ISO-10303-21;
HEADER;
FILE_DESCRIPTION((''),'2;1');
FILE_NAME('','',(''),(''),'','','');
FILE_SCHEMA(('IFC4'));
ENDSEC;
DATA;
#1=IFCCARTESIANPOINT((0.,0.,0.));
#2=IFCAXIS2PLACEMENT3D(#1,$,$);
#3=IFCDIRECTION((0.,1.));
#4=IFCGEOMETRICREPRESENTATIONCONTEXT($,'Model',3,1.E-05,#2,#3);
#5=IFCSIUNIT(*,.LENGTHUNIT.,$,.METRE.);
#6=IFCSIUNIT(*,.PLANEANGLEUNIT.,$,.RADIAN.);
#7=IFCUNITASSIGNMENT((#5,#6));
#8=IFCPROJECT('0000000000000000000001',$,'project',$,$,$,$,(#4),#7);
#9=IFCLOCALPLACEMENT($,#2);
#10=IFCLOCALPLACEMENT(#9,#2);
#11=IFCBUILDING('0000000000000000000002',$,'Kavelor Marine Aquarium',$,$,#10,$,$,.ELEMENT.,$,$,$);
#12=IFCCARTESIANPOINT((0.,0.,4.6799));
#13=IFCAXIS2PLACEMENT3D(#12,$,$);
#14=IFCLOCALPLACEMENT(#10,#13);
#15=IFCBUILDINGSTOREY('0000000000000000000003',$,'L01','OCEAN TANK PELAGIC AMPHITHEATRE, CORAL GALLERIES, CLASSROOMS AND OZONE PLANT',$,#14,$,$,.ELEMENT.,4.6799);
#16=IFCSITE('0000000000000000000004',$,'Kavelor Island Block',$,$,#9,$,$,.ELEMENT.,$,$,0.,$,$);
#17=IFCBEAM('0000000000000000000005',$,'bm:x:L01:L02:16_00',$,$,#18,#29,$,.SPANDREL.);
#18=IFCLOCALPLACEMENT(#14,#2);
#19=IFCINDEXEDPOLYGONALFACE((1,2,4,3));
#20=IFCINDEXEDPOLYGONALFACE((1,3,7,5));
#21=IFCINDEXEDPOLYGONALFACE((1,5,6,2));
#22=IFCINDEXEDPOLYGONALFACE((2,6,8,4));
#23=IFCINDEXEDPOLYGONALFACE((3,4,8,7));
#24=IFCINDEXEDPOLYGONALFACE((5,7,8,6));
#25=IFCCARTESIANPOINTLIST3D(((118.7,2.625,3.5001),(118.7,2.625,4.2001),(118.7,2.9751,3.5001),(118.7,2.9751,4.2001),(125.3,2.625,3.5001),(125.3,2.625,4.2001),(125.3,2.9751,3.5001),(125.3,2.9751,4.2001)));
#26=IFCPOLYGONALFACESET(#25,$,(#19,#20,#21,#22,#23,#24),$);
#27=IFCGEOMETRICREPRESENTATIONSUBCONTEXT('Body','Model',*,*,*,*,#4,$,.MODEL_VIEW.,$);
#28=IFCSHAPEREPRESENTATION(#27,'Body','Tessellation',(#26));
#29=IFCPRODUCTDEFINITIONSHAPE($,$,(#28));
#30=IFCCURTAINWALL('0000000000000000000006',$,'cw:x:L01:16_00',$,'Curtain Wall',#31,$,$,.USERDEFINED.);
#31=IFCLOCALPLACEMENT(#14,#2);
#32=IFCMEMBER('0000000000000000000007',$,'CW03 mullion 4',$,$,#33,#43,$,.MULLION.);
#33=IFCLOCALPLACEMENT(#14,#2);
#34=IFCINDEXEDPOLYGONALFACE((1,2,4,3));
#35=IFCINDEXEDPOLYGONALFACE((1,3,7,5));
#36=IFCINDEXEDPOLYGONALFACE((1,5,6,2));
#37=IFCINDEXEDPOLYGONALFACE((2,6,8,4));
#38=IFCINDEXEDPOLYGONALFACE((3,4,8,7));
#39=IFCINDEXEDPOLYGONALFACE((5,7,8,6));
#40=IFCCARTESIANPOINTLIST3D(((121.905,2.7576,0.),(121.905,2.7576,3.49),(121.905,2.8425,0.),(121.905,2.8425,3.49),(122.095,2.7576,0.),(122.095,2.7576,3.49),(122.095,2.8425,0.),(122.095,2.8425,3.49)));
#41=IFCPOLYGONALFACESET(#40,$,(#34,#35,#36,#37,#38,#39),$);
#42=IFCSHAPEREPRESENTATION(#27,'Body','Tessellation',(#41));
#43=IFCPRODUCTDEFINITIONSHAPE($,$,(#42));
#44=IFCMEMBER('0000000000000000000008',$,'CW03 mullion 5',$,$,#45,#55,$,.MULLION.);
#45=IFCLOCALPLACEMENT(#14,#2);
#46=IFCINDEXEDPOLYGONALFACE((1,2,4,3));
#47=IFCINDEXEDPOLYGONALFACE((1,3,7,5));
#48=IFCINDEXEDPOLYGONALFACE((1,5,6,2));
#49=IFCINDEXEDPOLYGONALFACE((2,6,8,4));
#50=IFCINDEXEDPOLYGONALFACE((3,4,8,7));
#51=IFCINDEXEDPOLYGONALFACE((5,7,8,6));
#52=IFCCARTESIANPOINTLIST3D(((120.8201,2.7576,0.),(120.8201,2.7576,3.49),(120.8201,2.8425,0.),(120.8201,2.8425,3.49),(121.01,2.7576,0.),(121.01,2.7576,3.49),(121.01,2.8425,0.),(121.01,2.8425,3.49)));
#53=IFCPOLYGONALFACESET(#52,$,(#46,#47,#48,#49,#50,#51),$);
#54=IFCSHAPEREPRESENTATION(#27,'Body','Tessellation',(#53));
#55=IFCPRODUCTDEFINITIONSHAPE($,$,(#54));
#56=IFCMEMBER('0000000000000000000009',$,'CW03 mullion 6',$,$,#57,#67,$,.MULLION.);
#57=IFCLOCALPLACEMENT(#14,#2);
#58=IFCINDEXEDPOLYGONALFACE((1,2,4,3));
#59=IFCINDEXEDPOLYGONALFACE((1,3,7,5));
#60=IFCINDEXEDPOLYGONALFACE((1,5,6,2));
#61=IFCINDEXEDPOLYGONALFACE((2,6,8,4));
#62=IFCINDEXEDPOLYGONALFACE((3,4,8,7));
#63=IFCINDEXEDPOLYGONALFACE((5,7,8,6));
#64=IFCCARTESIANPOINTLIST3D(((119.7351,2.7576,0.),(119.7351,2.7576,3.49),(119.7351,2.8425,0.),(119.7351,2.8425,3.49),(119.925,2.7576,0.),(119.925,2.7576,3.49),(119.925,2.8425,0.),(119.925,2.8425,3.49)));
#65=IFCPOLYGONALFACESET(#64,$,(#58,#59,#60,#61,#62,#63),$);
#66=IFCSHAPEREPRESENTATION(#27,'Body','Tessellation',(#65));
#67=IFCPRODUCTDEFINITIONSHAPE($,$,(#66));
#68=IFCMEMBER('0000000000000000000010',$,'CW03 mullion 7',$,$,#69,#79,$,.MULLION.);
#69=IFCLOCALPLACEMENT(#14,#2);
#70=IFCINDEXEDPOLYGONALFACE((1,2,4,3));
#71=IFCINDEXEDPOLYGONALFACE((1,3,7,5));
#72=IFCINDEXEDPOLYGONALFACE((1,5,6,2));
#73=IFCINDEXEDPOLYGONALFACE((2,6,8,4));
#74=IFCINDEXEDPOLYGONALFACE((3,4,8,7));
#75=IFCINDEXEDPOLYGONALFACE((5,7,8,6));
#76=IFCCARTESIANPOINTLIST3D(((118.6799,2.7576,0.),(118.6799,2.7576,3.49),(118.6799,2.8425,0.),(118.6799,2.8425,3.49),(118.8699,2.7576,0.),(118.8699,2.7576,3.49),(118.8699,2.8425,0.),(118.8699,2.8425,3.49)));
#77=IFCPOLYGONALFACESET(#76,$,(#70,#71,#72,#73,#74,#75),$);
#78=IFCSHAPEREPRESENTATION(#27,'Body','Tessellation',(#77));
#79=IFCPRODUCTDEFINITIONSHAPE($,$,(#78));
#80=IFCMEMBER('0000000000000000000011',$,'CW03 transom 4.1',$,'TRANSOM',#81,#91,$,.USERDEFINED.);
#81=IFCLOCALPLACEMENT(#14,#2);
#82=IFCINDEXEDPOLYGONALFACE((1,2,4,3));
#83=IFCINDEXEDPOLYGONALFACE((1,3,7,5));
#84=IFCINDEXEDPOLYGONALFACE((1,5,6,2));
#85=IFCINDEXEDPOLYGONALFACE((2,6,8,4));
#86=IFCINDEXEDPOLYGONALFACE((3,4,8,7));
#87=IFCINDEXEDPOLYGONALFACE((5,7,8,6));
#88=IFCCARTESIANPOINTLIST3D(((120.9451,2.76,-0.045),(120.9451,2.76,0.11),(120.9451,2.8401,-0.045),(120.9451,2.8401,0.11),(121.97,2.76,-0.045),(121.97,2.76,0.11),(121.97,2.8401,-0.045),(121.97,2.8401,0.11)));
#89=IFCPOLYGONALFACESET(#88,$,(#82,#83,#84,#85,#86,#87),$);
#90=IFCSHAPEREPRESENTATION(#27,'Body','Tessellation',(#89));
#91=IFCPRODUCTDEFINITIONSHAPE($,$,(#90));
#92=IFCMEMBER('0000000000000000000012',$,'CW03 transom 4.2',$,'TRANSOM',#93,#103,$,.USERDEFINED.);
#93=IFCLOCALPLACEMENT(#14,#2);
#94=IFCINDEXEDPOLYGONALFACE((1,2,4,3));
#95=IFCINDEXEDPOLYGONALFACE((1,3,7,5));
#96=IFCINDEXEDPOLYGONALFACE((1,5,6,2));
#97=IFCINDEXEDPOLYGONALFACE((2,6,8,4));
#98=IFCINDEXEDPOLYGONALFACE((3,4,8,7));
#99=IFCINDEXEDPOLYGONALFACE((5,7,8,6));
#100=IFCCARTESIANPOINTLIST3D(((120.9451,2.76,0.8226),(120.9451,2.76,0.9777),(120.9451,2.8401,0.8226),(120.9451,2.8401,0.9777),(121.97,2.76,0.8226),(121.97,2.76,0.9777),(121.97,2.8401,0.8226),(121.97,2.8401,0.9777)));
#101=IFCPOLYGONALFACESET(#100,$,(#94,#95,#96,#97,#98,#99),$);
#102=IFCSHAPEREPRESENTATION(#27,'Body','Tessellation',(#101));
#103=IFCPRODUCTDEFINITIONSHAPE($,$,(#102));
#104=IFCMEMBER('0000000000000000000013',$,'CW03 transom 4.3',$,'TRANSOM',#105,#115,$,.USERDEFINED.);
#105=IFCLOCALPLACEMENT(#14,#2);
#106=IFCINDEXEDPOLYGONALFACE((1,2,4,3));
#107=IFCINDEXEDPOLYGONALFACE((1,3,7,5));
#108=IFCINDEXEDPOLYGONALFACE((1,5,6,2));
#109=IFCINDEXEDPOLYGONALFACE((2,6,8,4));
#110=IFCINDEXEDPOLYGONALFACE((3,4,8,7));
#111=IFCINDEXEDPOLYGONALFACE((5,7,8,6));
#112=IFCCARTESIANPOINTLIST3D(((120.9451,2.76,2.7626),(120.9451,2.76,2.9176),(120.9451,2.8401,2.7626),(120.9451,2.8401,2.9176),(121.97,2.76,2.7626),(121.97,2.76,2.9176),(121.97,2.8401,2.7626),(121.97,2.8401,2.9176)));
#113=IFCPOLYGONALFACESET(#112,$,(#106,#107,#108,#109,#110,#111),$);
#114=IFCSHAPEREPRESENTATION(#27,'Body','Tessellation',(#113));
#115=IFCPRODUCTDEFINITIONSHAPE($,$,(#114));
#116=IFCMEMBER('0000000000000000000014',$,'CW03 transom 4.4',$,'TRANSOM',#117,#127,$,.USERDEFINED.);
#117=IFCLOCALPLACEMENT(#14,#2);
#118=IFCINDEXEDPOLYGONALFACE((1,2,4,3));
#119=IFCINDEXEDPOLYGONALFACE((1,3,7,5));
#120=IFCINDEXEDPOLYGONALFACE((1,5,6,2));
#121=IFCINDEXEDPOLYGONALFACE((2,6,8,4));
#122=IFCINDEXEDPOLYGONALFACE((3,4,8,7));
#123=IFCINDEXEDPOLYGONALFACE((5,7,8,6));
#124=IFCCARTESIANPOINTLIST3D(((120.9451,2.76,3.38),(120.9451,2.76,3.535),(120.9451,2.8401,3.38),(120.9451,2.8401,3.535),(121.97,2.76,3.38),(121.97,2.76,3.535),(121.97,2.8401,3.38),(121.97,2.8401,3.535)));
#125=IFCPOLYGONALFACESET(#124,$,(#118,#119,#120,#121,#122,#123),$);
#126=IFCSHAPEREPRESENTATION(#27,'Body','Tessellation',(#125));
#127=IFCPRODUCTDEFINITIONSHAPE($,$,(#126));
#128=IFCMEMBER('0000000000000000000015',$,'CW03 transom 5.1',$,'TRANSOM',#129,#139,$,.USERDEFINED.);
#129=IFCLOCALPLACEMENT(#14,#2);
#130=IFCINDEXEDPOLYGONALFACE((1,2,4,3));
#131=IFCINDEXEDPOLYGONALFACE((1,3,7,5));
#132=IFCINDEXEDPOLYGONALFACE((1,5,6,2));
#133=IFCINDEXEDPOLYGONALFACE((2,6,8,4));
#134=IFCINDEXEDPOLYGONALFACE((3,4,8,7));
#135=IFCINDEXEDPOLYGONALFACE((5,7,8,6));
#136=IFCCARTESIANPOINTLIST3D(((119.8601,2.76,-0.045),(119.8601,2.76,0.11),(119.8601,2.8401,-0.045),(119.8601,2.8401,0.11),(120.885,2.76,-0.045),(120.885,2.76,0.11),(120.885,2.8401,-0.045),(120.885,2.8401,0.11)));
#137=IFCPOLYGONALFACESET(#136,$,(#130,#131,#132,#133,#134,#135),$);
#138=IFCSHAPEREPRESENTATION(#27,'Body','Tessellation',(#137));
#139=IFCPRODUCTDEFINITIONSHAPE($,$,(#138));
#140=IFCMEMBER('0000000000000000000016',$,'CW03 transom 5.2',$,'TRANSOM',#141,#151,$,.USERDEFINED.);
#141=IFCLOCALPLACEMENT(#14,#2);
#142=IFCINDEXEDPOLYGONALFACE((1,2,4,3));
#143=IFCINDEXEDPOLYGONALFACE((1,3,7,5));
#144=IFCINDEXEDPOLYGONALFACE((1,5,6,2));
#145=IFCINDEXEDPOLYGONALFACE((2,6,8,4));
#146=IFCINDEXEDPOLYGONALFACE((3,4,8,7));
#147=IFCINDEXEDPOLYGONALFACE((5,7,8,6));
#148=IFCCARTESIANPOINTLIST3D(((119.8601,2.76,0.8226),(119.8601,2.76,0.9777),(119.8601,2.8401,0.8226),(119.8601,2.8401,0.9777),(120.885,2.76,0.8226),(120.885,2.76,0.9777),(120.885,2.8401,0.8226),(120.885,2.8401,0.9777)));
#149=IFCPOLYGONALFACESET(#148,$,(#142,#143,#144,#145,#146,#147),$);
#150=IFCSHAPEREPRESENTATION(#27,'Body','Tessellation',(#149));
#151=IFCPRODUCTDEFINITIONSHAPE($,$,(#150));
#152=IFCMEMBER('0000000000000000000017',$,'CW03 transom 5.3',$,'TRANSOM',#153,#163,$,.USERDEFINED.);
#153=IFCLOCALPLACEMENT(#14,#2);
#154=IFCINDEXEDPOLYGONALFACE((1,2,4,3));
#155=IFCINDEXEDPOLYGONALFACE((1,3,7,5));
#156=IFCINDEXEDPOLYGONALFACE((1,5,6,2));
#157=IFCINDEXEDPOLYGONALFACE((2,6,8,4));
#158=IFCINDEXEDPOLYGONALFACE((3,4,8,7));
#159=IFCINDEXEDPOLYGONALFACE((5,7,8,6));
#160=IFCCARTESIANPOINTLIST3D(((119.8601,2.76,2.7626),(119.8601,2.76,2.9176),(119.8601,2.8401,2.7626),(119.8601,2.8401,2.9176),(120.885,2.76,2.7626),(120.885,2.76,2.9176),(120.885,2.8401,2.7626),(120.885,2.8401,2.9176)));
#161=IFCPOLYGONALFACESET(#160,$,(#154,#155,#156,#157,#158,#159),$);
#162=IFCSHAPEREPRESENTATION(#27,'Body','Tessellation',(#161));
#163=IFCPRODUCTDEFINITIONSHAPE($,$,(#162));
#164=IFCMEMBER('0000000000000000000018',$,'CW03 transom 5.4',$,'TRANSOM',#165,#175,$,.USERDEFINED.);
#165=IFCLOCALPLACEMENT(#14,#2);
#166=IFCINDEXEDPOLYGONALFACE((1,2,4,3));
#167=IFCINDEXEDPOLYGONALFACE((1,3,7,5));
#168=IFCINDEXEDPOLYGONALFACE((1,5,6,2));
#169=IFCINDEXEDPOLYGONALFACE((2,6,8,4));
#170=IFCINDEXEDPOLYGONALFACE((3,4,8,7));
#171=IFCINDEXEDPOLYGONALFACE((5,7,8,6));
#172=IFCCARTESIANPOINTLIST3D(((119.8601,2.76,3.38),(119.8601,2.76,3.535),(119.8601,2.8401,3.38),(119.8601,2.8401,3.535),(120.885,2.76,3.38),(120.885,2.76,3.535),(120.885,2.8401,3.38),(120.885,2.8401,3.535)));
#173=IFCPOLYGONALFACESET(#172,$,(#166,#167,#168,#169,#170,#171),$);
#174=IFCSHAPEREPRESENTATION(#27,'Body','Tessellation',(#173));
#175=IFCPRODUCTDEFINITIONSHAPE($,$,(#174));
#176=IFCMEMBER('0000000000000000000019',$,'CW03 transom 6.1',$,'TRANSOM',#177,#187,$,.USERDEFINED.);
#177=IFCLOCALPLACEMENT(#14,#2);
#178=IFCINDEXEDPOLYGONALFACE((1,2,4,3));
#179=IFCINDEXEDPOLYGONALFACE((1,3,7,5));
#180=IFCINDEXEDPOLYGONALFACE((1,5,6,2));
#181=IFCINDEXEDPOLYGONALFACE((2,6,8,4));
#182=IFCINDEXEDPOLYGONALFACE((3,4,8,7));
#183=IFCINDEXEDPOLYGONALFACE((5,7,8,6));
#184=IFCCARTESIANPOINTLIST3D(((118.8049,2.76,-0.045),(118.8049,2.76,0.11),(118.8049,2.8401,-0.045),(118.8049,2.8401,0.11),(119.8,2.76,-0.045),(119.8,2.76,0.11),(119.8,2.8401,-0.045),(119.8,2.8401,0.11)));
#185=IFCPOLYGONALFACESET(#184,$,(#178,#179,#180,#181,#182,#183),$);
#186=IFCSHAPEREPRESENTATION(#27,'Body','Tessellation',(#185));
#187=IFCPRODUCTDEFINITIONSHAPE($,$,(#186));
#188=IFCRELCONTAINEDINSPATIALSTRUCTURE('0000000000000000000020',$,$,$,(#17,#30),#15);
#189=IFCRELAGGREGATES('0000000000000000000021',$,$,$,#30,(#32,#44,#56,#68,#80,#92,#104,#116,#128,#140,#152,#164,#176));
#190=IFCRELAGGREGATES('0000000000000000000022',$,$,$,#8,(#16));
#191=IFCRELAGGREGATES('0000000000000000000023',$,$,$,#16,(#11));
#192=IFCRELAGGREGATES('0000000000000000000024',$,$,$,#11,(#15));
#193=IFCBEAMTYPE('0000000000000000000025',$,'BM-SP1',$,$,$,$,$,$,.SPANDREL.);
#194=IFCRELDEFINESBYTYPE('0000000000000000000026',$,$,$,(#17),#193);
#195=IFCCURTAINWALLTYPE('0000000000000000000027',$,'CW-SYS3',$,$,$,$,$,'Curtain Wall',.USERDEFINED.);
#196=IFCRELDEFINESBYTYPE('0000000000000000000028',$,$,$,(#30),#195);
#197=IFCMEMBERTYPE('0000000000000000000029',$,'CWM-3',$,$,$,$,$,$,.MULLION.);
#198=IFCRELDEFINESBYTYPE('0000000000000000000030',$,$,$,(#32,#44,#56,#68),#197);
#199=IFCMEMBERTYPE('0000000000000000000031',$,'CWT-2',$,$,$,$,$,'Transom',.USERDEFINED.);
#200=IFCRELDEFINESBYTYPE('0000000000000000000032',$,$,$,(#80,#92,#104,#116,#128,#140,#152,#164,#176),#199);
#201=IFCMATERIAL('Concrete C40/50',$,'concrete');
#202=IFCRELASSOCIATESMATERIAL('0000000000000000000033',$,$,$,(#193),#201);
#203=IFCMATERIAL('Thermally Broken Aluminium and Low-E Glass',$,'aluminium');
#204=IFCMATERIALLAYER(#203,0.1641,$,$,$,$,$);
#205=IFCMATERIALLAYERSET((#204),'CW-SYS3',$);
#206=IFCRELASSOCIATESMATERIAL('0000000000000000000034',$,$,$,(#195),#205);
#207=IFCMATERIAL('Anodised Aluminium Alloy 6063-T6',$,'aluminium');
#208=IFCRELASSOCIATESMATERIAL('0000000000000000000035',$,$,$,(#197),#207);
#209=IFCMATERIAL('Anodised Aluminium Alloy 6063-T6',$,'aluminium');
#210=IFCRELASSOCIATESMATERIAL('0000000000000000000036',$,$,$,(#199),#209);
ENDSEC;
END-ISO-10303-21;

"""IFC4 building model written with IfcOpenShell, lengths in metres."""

from ifc_helpers import new_model, si_unit, direction, frame, origin, origin_2d, place, context, subcontext, project, spatial, rectangle, extrude, material, layer, layer_set, material_profile, profile_set, type_object, element, aggregate, save


model = new_model("IFC4")

# Units and contexts
model_context = context("Model", 3, precision=1e-05, world=origin(), true_north=direction((0.0, 1.0)))
body_context = subcontext(model_context, "Body", "Model", "MODEL_VIEW")
ifc_project = project(units=[si_unit("LENGTHUNIT", "METRE"), si_unit("PLANEANGLEUNIT", "RADIAN")], contexts=[model_context])

# Site, building, storey
site_placement = place(None, origin())
site = spatial("IfcSite", under=ifc_project, at=site_placement, Name="Kavelor Island Block", CompositionType="ELEMENT", RefElevation=0.0)
building_placement = place(site_placement, origin())
building = spatial("IfcBuilding", under=site, at=building_placement, Name="Kavelor Marine Aquarium", CompositionType="ELEMENT")
storey_placement = place(building_placement, frame((0.0, 0.0, 4.6799)))
storey = spatial("IfcBuildingStorey", under=building, at=storey_placement, Name="L01", Description="OCEAN TANK PELAGIC AMPHITHEATRE, CORAL GALLERIES, CLASSROOMS AND OZONE PLANT", CompositionType="ELEMENT", Elevation=4.6799)

# Beam
ifc_material_1 = material(Name="Concrete C40/50", Category="concrete")
ifc_material_profile_1 = material_profile(ifc_material_1, rectangle(XDim=0.3501, YDim=0.7, at=origin_2d()), Name="RC-SP 350x700")
ifc_profile_set_1 = profile_set([ifc_material_profile_1], Name="Concrete C40/50")
beam_type = type_object("IfcBeamType", Name="BM-SP1", PredefinedType="SPANDREL", material=ifc_profile_set_1)
beam_placement = place(storey_placement, frame((118.7, 2.8, 3.8501), z_axis=(1.0, 0.0, 0.0), x_axis=(0.0, 1.0, 0.0)))
element("IfcBeam", 1, at=beam_placement, inside=storey, type_object=beam_type, Name="bm:x:L01:L02:16_00", PredefinedType="SPANDREL", context=body_context, shape_type="SweptSolid", body=[
    extrude(rectangle(XDim=0.3501, YDim=0.7, at=origin_2d()), origin(), (0.0, 0.0, 1.0), 6.6001),
])

# Curtain wall, members
ifc_material_2 = material(Name="Thermally Broken Aluminium and Low-E Glass", Category="aluminium")
ifc_layer_1 = layer(ifc_material_2, 0.1641)
ifc_layer_set_1 = layer_set([ifc_layer_1], Name="CW-SYS3")
curtain_wall_type_1 = type_object("IfcCurtainWallType", Name="CW-SYS3", ElementType="Curtain Wall", PredefinedType="USERDEFINED", material=ifc_layer_set_1)
curtain_wall_1_placement = place(storey_placement, origin())
curtain_wall_1 = element("IfcCurtainWall", 2, at=curtain_wall_1_placement, inside=storey, type_object=curtain_wall_type_1, Name="cw:x:L01:16_00", ObjectType="Curtain Wall", PredefinedType="USERDEFINED")
ifc_material_3 = material(Name="Anodised Aluminium Alloy 6063-T6", Category="aluminium")
ifc_material_profile_2 = material_profile(ifc_material_3, rectangle(XDim=0.085, YDim=0.1899, at=origin_2d()), Name="CW-MUL 85x190")
ifc_profile_set_2 = profile_set([ifc_material_profile_2], Name="Anodised Aluminium Alloy 6063-T6")
member_type_1 = type_object("IfcMemberType", Name="CWM-3", PredefinedType="MULLION", material=ifc_profile_set_2)
member_1_placement = place(storey_placement, frame((122.0, 2.8, 0.0), z_axis=(0.0, 0.0, 1.0), x_axis=(0.0, -1.0, 0.0)))
member_1 = element("IfcMember", 3, at=member_1_placement, type_object=member_type_1, Name="CW03 mullion 4", PredefinedType="MULLION", context=body_context, shape_type="SweptSolid", body=[
    extrude(rectangle(XDim=0.085, YDim=0.1899, at=origin_2d()), origin(), (0.0, 0.0, 1.0), 3.49),
])
member_2_placement = place(storey_placement, frame((120.915, 2.8, 0.0), z_axis=(0.0, 0.0, 1.0), x_axis=(0.0, -1.0, 0.0)))
member_2 = element("IfcMember", 4, at=member_2_placement, type_object=member_type_1, Name="CW03 mullion 5", PredefinedType="MULLION", context=body_context, shape_type="SweptSolid", body=[
    extrude(rectangle(XDim=0.085, YDim=0.1899, at=origin_2d()), origin(), (0.0, 0.0, 1.0), 3.49),
])
member_3_placement = place(storey_placement, frame((119.8301, 2.8, 0.0), z_axis=(0.0, 0.0, 1.0), x_axis=(0.0, -1.0, 0.0)))
member_3 = element("IfcMember", 5, at=member_3_placement, type_object=member_type_1, Name="CW03 mullion 6", PredefinedType="MULLION", context=body_context, shape_type="SweptSolid", body=[
    extrude(rectangle(XDim=0.085, YDim=0.1899, at=origin_2d()), origin(), (0.0, 0.0, 1.0), 3.49),
])
member_4_placement = place(storey_placement, frame((118.7749, 2.8, 0.0), z_axis=(0.0, 0.0, 1.0), x_axis=(0.0, -1.0, 0.0)))
member_4 = element("IfcMember", 6, at=member_4_placement, type_object=member_type_1, Name="CW03 mullion 7", PredefinedType="MULLION", context=body_context, shape_type="SweptSolid", body=[
    extrude(rectangle(XDim=0.085, YDim=0.1899, at=origin_2d()), origin(), (0.0, 0.0, 1.0), 3.49),
])
ifc_material_4 = material(Name="Anodised Aluminium Alloy 6063-T6", Category="aluminium")
ifc_material_profile_3 = material_profile(ifc_material_4, rectangle(XDim=0.0801, YDim=0.155, at=origin_2d()), Name="CW-TRN 80x155")
ifc_profile_set_3 = profile_set([ifc_material_profile_3], Name="Anodised Aluminium Alloy 6063-T6")
member_type_2 = type_object("IfcMemberType", Name="CWT-2", ElementType="Transom", PredefinedType="USERDEFINED", material=ifc_profile_set_3)
member_5_placement = place(storey_placement, frame((121.97, 2.8, 0.0325), z_axis=(-1.0, 0.0, 0.0), x_axis=(0.0, -1.0, 0.0)))
member_5 = element("IfcMember", 7, at=member_5_placement, type_object=member_type_2, Name="CW03 transom 4.1", ObjectType="TRANSOM", PredefinedType="USERDEFINED", context=body_context, shape_type="SweptSolid", body=[
    extrude(rectangle(XDim=0.0801, YDim=0.155, at=origin_2d()), origin(), (0.0, 0.0, 1.0), 1.0249),
])
member_6_placement = place(storey_placement, frame((121.97, 2.8, 0.9001), z_axis=(-1.0, 0.0, 0.0), x_axis=(0.0, -1.0, 0.0)))
member_6 = element("IfcMember", 8, at=member_6_placement, type_object=member_type_2, Name="CW03 transom 4.2", ObjectType="TRANSOM", PredefinedType="USERDEFINED", context=body_context, shape_type="SweptSolid", body=[
    extrude(rectangle(XDim=0.0801, YDim=0.155, at=origin_2d()), origin(), (0.0, 0.0, 1.0), 1.0249),
])
member_7_placement = place(storey_placement, frame((121.97, 2.8, 2.8401), z_axis=(-1.0, 0.0, 0.0), x_axis=(0.0, -1.0, 0.0)))
member_7 = element("IfcMember", 9, at=member_7_placement, type_object=member_type_2, Name="CW03 transom 4.3", ObjectType="TRANSOM", PredefinedType="USERDEFINED", context=body_context, shape_type="SweptSolid", body=[
    extrude(rectangle(XDim=0.0801, YDim=0.155, at=origin_2d()), origin(), (0.0, 0.0, 1.0), 1.0249),
])
member_8_placement = place(storey_placement, frame((121.97, 2.8, 3.4575), z_axis=(-1.0, 0.0, 0.0), x_axis=(0.0, -1.0, 0.0)))
member_8 = element("IfcMember", 10, at=member_8_placement, type_object=member_type_2, Name="CW03 transom 4.4", ObjectType="TRANSOM", PredefinedType="USERDEFINED", context=body_context, shape_type="SweptSolid", body=[
    extrude(rectangle(XDim=0.0801, YDim=0.155, at=origin_2d()), origin(), (0.0, 0.0, 1.0), 1.0249),
])
member_9_placement = place(storey_placement, frame((120.885, 2.8, 0.0325), z_axis=(-1.0, 0.0, 0.0), x_axis=(0.0, -1.0, 0.0)))
member_9 = element("IfcMember", 11, at=member_9_placement, type_object=member_type_2, Name="CW03 transom 5.1", ObjectType="TRANSOM", PredefinedType="USERDEFINED", context=body_context, shape_type="SweptSolid", body=[
    extrude(rectangle(XDim=0.0801, YDim=0.155, at=origin_2d()), origin(), (0.0, 0.0, 1.0), 1.0249),
])
member_10_placement = place(storey_placement, frame((120.885, 2.8, 0.9001), z_axis=(-1.0, 0.0, 0.0), x_axis=(0.0, -1.0, 0.0)))
member_10 = element("IfcMember", 12, at=member_10_placement, type_object=member_type_2, Name="CW03 transom 5.2", ObjectType="TRANSOM", PredefinedType="USERDEFINED", context=body_context, shape_type="SweptSolid", body=[
    extrude(rectangle(XDim=0.0801, YDim=0.155, at=origin_2d()), origin(), (0.0, 0.0, 1.0), 1.0249),
])
member_11_placement = place(storey_placement, frame((120.885, 2.8, 2.8401), z_axis=(-1.0, 0.0, 0.0), x_axis=(0.0, -1.0, 0.0)))
member_11 = element("IfcMember", 13, at=member_11_placement, type_object=member_type_2, Name="CW03 transom 5.3", ObjectType="TRANSOM", PredefinedType="USERDEFINED", context=body_context, shape_type="SweptSolid", body=[
    extrude(rectangle(XDim=0.0801, YDim=0.155, at=origin_2d()), origin(), (0.0, 0.0, 1.0), 1.0249),
])
member_12_placement = place(storey_placement, frame((120.885, 2.8, 3.4575), z_axis=(-1.0, 0.0, 0.0), x_axis=(0.0, -1.0, 0.0)))
member_12 = element("IfcMember", 14, at=member_12_placement, type_object=member_type_2, Name="CW03 transom 5.4", ObjectType="TRANSOM", PredefinedType="USERDEFINED", context=body_context, shape_type="SweptSolid", body=[
    extrude(rectangle(XDim=0.0801, YDim=0.155, at=origin_2d()), origin(), (0.0, 0.0, 1.0), 1.0249),
])
member_13_placement = place(storey_placement, frame((119.8, 2.8, 0.0325), z_axis=(-1.0, 0.0, 0.0), x_axis=(0.0, -1.0, 0.0)))
member_13 = element("IfcMember", 15, at=member_13_placement, type_object=member_type_2, Name="CW03 transom 6.1", ObjectType="TRANSOM", PredefinedType="USERDEFINED", context=body_context, shape_type="SweptSolid", body=[
    extrude(rectangle(XDim=0.0801, YDim=0.155, at=origin_2d()), origin(), (0.0, 0.0, 1.0), 0.9951),
])

aggregate(curtain_wall_1, [member_1, member_2, member_3, member_4, member_5, member_6, member_7, member_8, member_9, member_10, member_11, member_12, member_13])

save(model, "model.ifc")
